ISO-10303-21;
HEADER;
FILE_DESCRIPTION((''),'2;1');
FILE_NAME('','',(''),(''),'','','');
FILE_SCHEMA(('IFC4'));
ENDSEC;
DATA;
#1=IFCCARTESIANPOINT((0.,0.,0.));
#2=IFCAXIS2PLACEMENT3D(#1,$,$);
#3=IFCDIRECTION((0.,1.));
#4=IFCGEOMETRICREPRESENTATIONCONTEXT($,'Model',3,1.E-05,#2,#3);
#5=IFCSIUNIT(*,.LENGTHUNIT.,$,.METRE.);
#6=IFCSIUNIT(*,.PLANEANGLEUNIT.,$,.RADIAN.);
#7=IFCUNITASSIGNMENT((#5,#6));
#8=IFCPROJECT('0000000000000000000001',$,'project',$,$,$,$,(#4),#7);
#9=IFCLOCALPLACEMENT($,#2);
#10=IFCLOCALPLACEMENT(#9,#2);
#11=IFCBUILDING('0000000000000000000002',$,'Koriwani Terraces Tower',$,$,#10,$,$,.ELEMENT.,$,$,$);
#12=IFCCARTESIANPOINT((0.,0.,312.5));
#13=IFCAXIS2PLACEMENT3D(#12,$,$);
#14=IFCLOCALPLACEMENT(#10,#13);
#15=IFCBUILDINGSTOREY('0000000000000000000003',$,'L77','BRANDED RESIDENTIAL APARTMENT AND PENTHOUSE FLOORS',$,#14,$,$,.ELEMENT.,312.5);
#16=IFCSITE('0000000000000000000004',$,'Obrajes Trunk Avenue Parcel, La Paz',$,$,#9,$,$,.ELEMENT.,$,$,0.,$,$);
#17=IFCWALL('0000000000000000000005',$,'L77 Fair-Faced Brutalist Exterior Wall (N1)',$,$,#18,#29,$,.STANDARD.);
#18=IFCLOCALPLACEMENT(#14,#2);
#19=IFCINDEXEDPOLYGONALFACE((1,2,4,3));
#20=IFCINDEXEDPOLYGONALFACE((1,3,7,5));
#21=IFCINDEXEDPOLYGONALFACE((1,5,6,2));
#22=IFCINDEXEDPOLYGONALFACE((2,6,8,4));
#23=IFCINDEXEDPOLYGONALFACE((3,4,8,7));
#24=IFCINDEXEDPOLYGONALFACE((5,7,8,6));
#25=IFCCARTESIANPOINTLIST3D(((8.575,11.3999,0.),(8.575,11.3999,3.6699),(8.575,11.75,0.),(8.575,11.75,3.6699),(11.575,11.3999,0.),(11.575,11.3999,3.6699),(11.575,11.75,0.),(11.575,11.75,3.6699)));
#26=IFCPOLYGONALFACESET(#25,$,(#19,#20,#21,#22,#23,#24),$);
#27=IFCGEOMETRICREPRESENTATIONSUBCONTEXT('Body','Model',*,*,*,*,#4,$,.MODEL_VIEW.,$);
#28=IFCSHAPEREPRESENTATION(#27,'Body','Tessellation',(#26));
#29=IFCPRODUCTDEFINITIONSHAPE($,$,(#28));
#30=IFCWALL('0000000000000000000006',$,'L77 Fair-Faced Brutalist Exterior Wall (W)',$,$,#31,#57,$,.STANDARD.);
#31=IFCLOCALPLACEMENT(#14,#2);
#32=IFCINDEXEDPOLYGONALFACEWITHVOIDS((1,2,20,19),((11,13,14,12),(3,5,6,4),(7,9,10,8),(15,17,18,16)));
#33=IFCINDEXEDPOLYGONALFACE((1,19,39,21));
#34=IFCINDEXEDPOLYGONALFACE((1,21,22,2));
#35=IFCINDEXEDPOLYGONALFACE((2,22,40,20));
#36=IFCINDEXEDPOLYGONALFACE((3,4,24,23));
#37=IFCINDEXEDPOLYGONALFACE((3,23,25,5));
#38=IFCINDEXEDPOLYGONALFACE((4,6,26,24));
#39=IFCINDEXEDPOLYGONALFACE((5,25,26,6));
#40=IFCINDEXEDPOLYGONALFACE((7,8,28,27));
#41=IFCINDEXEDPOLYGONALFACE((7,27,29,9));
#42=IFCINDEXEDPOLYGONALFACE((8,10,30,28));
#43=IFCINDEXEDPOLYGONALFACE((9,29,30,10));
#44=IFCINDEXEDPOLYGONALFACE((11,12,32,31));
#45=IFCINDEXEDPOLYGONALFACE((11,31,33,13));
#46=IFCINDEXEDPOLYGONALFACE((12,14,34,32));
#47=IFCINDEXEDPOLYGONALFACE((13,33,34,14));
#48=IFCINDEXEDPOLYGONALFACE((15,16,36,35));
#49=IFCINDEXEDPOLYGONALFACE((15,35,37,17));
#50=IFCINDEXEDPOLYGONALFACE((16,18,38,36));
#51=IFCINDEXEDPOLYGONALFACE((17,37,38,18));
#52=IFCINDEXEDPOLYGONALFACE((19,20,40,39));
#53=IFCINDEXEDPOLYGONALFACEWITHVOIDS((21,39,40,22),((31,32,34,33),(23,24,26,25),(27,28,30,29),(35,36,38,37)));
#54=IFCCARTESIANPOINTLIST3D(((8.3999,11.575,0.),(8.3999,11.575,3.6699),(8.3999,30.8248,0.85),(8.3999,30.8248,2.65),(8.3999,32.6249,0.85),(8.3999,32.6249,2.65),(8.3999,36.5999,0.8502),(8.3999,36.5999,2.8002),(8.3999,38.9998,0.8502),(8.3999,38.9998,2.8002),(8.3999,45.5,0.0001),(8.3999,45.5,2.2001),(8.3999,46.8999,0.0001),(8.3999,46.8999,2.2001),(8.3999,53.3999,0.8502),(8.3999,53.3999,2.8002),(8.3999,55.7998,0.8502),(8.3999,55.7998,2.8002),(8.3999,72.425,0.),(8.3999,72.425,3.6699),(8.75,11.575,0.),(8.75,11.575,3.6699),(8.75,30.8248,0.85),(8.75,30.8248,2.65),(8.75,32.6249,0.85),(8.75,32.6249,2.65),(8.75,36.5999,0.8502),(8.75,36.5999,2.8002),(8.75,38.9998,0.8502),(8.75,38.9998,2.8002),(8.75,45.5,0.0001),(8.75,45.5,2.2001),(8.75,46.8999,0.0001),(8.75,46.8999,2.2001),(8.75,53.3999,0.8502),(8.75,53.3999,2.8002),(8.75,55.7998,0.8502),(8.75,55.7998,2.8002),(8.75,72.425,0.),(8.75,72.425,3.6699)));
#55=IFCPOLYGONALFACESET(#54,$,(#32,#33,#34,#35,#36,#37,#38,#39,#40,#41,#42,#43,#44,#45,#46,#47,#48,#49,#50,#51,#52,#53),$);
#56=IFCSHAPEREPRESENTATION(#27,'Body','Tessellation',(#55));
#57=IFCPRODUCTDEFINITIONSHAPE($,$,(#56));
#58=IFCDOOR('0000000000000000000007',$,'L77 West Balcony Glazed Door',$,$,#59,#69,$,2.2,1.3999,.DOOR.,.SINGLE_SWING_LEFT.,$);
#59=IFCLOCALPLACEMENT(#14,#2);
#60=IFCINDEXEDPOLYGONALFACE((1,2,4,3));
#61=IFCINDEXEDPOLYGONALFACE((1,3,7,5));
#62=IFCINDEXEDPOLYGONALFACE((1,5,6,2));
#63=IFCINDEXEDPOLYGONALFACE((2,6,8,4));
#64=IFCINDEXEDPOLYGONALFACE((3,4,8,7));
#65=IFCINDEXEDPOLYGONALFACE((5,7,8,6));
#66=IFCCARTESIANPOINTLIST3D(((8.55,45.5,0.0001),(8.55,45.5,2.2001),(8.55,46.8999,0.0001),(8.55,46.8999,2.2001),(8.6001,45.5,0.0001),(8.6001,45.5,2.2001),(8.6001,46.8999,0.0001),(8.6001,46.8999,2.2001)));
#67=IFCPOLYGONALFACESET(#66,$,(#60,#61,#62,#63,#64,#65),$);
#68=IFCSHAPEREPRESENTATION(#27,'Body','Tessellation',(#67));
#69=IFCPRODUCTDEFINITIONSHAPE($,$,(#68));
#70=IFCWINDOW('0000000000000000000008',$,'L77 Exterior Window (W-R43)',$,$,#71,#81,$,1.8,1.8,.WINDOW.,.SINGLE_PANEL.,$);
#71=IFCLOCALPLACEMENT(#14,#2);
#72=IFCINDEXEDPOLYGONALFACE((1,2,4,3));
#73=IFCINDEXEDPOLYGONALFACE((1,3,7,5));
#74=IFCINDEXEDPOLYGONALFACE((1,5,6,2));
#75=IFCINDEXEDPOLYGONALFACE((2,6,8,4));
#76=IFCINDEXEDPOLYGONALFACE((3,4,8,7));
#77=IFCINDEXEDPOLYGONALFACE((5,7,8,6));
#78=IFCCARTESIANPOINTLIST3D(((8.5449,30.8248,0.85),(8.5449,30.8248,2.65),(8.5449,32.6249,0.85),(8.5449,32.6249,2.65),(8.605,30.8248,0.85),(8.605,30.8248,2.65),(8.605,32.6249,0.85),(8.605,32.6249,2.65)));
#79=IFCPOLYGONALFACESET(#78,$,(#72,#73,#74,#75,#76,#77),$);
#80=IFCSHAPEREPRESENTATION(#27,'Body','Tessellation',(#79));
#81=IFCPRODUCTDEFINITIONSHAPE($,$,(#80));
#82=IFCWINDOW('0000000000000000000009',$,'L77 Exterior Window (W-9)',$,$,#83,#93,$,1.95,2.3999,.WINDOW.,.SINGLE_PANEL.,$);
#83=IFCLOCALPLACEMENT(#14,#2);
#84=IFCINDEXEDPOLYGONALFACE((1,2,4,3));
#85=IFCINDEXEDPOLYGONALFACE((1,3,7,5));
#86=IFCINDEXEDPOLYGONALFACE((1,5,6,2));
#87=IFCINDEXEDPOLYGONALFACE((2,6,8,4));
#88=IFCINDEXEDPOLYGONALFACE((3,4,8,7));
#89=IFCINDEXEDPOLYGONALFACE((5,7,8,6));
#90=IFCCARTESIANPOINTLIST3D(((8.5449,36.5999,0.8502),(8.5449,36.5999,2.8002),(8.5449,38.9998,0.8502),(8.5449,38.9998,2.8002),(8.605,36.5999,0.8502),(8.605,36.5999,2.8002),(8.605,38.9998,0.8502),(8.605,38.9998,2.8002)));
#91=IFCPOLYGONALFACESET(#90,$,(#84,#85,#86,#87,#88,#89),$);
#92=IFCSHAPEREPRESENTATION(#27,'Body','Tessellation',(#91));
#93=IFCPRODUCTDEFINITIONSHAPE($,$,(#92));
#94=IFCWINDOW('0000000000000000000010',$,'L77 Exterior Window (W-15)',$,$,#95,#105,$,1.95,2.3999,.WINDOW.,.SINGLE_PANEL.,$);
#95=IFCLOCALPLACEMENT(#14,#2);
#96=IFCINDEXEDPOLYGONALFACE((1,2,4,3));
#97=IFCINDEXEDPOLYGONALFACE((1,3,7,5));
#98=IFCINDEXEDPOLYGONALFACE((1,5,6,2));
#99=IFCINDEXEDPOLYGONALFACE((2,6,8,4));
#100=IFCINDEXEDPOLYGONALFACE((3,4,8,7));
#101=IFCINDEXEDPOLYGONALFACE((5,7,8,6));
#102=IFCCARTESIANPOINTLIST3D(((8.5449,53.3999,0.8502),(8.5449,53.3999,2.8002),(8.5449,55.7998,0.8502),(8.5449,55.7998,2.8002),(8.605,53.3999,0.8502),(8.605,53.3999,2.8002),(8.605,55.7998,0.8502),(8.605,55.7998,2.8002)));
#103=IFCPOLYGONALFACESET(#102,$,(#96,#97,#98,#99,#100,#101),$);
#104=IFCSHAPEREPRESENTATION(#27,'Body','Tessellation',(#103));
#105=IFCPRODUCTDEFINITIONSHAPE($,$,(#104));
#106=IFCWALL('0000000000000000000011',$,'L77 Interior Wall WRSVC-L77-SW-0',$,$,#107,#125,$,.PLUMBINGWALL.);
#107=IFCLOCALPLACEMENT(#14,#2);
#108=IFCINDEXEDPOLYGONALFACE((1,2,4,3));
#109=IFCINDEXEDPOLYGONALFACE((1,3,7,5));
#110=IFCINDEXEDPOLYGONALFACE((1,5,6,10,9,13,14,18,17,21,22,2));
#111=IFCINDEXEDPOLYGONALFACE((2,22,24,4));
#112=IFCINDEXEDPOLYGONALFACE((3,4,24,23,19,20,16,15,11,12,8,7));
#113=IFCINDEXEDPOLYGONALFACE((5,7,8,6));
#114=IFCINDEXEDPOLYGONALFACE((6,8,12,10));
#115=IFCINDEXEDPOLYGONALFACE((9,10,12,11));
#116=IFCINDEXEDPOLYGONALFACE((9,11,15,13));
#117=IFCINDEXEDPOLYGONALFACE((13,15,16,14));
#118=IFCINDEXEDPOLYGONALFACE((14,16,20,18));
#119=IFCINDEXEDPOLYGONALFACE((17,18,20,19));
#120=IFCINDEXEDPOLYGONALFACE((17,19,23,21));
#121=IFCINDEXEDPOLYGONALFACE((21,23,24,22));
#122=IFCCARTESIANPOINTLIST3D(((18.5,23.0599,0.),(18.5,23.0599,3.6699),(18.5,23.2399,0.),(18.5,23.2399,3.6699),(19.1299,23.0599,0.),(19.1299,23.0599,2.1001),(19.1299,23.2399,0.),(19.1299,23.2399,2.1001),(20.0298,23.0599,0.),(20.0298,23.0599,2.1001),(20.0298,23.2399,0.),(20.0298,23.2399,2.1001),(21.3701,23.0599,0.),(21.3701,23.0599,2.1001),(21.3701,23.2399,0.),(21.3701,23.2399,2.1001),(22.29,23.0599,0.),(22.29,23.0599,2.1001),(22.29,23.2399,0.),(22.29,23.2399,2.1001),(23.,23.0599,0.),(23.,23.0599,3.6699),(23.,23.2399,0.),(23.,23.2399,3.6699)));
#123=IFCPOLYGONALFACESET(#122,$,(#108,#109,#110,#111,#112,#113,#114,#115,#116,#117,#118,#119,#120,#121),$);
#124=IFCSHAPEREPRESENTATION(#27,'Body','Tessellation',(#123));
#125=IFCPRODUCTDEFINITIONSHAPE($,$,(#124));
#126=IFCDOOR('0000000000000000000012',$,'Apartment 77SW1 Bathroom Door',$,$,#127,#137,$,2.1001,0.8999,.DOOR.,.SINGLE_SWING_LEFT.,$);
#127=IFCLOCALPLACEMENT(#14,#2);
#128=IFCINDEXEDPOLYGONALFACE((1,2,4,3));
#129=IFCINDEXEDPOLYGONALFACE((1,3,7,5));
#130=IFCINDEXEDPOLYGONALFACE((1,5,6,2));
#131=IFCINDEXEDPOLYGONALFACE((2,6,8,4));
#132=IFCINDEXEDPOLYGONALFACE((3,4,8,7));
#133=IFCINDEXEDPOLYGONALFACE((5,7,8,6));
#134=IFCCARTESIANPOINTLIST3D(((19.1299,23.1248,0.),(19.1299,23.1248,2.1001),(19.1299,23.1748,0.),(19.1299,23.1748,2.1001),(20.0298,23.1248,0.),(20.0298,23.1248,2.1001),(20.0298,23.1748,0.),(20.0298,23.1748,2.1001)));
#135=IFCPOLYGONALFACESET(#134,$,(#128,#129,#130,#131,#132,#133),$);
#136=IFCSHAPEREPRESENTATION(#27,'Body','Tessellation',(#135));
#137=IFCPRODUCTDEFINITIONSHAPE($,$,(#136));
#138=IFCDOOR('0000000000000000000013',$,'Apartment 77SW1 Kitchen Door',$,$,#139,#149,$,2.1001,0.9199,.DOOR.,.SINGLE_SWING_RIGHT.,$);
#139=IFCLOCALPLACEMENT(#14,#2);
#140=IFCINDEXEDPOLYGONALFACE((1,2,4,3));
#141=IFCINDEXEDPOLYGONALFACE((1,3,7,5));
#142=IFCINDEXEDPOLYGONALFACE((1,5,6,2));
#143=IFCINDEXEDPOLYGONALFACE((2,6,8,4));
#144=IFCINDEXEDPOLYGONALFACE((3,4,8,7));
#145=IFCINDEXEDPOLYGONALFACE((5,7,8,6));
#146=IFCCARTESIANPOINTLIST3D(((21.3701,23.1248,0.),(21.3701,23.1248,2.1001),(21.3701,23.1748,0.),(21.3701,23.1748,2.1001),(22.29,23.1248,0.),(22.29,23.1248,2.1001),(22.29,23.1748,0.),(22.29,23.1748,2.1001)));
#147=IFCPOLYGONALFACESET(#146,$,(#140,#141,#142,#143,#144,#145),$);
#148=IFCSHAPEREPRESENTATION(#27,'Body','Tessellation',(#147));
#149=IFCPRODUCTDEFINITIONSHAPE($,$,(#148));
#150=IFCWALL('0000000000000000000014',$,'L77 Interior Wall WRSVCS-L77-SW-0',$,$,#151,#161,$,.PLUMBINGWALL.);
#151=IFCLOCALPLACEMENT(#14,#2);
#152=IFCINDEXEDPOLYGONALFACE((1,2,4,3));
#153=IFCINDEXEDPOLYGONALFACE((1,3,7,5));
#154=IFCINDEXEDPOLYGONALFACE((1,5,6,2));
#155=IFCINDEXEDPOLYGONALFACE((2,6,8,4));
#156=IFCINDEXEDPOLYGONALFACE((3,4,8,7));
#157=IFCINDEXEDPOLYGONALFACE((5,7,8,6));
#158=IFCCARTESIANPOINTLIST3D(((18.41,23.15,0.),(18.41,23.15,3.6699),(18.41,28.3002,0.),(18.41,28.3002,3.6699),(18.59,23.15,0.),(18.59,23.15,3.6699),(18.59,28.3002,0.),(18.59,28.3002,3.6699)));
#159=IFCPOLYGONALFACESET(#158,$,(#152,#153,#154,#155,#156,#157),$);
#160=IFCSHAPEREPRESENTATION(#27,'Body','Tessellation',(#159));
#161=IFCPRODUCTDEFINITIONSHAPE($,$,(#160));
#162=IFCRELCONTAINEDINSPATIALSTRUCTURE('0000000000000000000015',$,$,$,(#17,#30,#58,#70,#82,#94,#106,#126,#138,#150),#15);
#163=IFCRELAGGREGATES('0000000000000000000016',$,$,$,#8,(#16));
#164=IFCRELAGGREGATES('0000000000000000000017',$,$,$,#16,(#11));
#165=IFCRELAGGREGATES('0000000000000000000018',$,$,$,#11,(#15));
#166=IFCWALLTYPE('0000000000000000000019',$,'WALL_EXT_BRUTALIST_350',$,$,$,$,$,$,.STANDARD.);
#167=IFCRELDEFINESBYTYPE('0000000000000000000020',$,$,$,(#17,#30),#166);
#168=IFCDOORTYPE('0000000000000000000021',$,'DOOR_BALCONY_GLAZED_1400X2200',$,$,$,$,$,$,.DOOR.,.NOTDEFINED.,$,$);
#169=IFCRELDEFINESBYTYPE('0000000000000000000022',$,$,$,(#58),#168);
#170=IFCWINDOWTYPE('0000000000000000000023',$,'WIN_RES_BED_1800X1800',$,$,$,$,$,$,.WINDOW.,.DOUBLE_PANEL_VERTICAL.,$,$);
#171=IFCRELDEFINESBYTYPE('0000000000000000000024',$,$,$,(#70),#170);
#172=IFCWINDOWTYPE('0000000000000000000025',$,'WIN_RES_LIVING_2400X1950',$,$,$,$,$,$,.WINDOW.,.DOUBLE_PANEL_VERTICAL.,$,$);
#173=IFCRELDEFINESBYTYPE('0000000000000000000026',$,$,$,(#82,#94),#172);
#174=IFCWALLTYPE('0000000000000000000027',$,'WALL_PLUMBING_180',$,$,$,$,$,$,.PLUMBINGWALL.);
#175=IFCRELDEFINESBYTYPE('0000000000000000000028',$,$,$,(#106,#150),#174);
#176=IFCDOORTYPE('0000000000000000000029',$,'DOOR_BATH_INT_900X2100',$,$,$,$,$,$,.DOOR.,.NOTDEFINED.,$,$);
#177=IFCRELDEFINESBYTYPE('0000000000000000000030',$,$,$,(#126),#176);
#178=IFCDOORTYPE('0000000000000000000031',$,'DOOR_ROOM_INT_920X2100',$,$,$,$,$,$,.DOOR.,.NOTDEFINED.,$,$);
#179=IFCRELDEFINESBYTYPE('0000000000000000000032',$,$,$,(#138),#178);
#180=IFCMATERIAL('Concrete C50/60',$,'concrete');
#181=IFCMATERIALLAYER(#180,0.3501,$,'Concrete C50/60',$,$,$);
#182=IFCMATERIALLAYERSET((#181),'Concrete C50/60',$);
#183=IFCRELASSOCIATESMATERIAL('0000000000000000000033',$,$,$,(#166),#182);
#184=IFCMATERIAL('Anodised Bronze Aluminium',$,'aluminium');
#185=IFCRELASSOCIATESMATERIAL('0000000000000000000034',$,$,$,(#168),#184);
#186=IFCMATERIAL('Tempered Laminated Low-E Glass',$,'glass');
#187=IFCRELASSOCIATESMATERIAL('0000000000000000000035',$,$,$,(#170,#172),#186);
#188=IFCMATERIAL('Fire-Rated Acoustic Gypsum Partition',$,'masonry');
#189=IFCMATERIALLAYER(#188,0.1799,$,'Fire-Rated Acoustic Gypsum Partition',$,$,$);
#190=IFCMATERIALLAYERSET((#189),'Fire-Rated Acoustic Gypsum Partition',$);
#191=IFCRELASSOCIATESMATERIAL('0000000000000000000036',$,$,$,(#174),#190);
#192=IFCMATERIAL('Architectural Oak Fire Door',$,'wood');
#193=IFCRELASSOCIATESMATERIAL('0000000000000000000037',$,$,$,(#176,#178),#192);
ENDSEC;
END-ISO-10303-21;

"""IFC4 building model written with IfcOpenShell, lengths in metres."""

from ifc_helpers import new_model, si_unit, direction, frame, frame_2d, origin, place, context, subcontext, project, spatial, rectangle, extrude, material, layer, layer_set, type_object, element, fill, save


model = new_model("IFC4")

# Units and contexts
model_context = context("Model", 3, precision=1e-05, world=origin(), true_north=direction((0.0, 1.0)))
body_context = subcontext(model_context, "Body", "Model", "MODEL_VIEW")
ifc_project = project(units=[si_unit("LENGTHUNIT", "METRE"), si_unit("PLANEANGLEUNIT", "RADIAN")], contexts=[model_context])

# Site, building, storey
site_placement = place(None, origin())
site = spatial("IfcSite", under=ifc_project, at=site_placement, Name="Obrajes Trunk Avenue Parcel, La Paz", CompositionType="ELEMENT", RefElevation=0.0)
building_placement = place(site_placement, origin())
building = spatial("IfcBuilding", under=site, at=building_placement, Name="Koriwani Terraces Tower", CompositionType="ELEMENT")
storey_placement = place(building_placement, frame((0.0, 0.0, 312.5)))
storey = spatial("IfcBuildingStorey", under=building, at=storey_placement, Name="L77", Description="BRANDED RESIDENTIAL APARTMENT AND PENTHOUSE FLOORS", CompositionType="ELEMENT", Elevation=312.5)

# Shared definitions
ifc_material_1 = material(Name="Concrete C50/60", Category="concrete")

# Wall
ifc_layer_1 = layer(ifc_material_1, 0.3501, Name="Concrete C50/60")
ifc_layer_set_1 = layer_set([ifc_layer_1], Name="Concrete C50/60")
wall_type_1 = type_object("IfcWallType", Name="WALL_EXT_BRUTALIST_350", PredefinedType="STANDARD", material=ifc_layer_set_1)
wall_1_placement = place(storey_placement, frame((11.575, 11.575, 0.0), z_axis=(0.0, 0.0, 1.0), x_axis=(-1.0, 0.0, 0.0)))
element("IfcWall", 1, at=wall_1_placement, inside=storey, type_object=wall_type_1, Name="L77 Fair-Faced Brutalist Exterior Wall (N1)", PredefinedType="STANDARD", context=body_context, shape_type="SweptSolid", body=[
    extrude(rectangle(XDim=3.0, YDim=0.3501, at=frame_2d((1.5, 0.0))), origin(), (0.0, 0.0, 1.0), 3.6699),
])

# Wall, openings, door, windows
wall_2_placement = place(storey_placement, frame((8.575, 11.575, 0.0), z_axis=(0.0, 0.0, 1.0), x_axis=(0.0, 1.0, 0.0)))
wall_2 = element("IfcWall", 2, at=wall_2_placement, inside=storey, type_object=wall_type_1, Name="L77 Fair-Faced Brutalist Exterior Wall (W)", PredefinedType="STANDARD", context=body_context, shape_type="SweptSolid", body=[
    extrude(rectangle(XDim=60.8501, YDim=0.3501, at=frame_2d((30.425, 0.0))), origin(), (0.0, 0.0, 1.0), 3.6699),
])
opening_1_placement = place(wall_2_placement, frame((33.925, 0.0, 0.0)))
opening_1 = element("IfcOpeningElement", 3, at=opening_1_placement, cuts=wall_2, PredefinedType="OPENING", context=body_context, shape_type="SweptSolid", body=[
    extrude(rectangle(XDim=1.3999, YDim=2.2, at=frame_2d((0.7, 1.1001))), frame((0.0, 0.1851, 0.0), z_axis=(0.0, -1.0, 0.0), x_axis=(1.0, 0.0, 0.0)), (0.0, 0.0, 1.0), 0.3701),
])
opening_2_placement = place(wall_2_placement, frame((25.0249, 0.0, 0.8501)))
opening_2 = element("IfcOpeningElement", 4, at=opening_2_placement, cuts=wall_2, PredefinedType="OPENING", context=body_context, shape_type="SweptSolid", body=[
    extrude(rectangle(XDim=2.3999, YDim=1.95, at=frame_2d((1.2, 0.9751))), frame((0.0, 0.1851, 0.0), z_axis=(0.0, -1.0, 0.0), x_axis=(1.0, 0.0, 0.0)), (0.0, 0.0, 1.0), 0.3701),
])
opening_3_placement = place(wall_2_placement, frame((41.825, 0.0, 0.8501)))
opening_3 = element("IfcOpeningElement", 5, at=opening_3_placement, cuts=wall_2, PredefinedType="OPENING", context=body_context, shape_type="SweptSolid", body=[
    extrude(rectangle(XDim=2.3999, YDim=1.95, at=frame_2d((1.2, 0.9751))), frame((0.0, 0.1851, 0.0), z_axis=(0.0, -1.0, 0.0), x_axis=(1.0, 0.0, 0.0)), (0.0, 0.0, 1.0), 0.3701),
])
opening_4_placement = place(wall_2_placement, frame((19.25, 0.0, 0.8501)))
opening_4 = element("IfcOpeningElement", 6, at=opening_4_placement, cuts=wall_2, PredefinedType="OPENING", context=body_context, shape_type="SweptSolid", body=[
    extrude(rectangle(XDim=1.8, YDim=1.8, at=frame_2d((0.8999, 0.8999))), frame((0.0, 0.1851, 0.0), z_axis=(0.0, -1.0, 0.0), x_axis=(1.0, 0.0, 0.0)), (0.0, 0.0, 1.0), 0.3701),
])
ifc_material_2 = material(Name="Anodised Bronze Aluminium", Category="aluminium")
door_type_1 = type_object("IfcDoorType", Name="DOOR_BALCONY_GLAZED_1400X2200", OperationType="NOTDEFINED", PredefinedType="DOOR", material=ifc_material_2)
door_1_placement = place(opening_1_placement, origin())
door_1 = element("IfcDoor", 7, at=door_1_placement, inside=storey, type_object=door_type_1, Name="L77 West Balcony Glazed Door", OperationType="SINGLE_SWING_LEFT", OverallHeight=2.2, OverallWidth=1.3999, PredefinedType="DOOR", context=body_context, shape_type="SweptSolid", body=[
    extrude(rectangle(XDim=1.3999, YDim=2.2, at=frame_2d((0.7, 1.1001))), frame((0.0, 0.0249, 0.0), z_axis=(0.0, -1.0, 0.0), x_axis=(1.0, 0.0, 0.0)), (0.0, 0.0, 1.0), 0.05),
])
fill(opening_1, door_1)
ifc_material_3 = material(Name="Tempered Laminated Low-E Glass", Category="glass")
window_type_1 = type_object("IfcWindowType", Name="WIN_RES_BED_1800X1800", PartitioningType="DOUBLE_PANEL_VERTICAL", PredefinedType="WINDOW", material=ifc_material_3)
window_1_placement = place(opening_4_placement, origin())
window_1 = element("IfcWindow", 8, at=window_1_placement, inside=storey, type_object=window_type_1, Name="L77 Exterior Window (W-R43)", OverallHeight=1.8, OverallWidth=1.8, PartitioningType="SINGLE_PANEL", PredefinedType="WINDOW", context=body_context, shape_type="SweptSolid", body=[
    extrude(rectangle(XDim=1.8, YDim=1.8, at=frame_2d((0.8999, 0.8999))), frame((0.0, 0.03, 0.0), z_axis=(0.0, -1.0, 0.0), x_axis=(1.0, 0.0, 0.0)), (0.0, 0.0, 1.0), 0.0601),
])
fill(opening_4, window_1)
window_type_2 = type_object("IfcWindowType", Name="WIN_RES_LIVING_2400X1950", PartitioningType="DOUBLE_PANEL_VERTICAL", PredefinedType="WINDOW", material=ifc_material_3)
window_2_placement = place(opening_2_placement, origin())
window_2 = element("IfcWindow", 9, at=window_2_placement, inside=storey, type_object=window_type_2, Name="L77 Exterior Window (W-9)", OverallHeight=1.95, OverallWidth=2.3999, PartitioningType="SINGLE_PANEL", PredefinedType="WINDOW", context=body_context, shape_type="SweptSolid", body=[
    extrude(rectangle(XDim=2.3999, YDim=1.95, at=frame_2d((1.2, 0.9751))), frame((0.0, 0.03, 0.0), z_axis=(0.0, -1.0, 0.0), x_axis=(1.0, 0.0, 0.0)), (0.0, 0.0, 1.0), 0.0601),
])
fill(opening_2, window_2)
window_3_placement = place(opening_3_placement, origin())
window_3 = element("IfcWindow", 10, at=window_3_placement, inside=storey, type_object=window_type_2, Name="L77 Exterior Window (W-15)", OverallHeight=1.95, OverallWidth=2.3999, PartitioningType="SINGLE_PANEL", PredefinedType="WINDOW", context=body_context, shape_type="SweptSolid", body=[
    extrude(rectangle(XDim=2.3999, YDim=1.95, at=frame_2d((1.2, 0.9751))), frame((0.0, 0.03, 0.0), z_axis=(0.0, -1.0, 0.0), x_axis=(1.0, 0.0, 0.0)), (0.0, 0.0, 1.0), 0.0601),
])
fill(opening_3, window_3)

# Wall, openings, doors
ifc_material_4 = material(Name="Fire-Rated Acoustic Gypsum Partition", Category="masonry")
ifc_layer_2 = layer(ifc_material_4, 0.1799, Name="Fire-Rated Acoustic Gypsum Partition")
ifc_layer_set_2 = layer_set([ifc_layer_2], Name="Fire-Rated Acoustic Gypsum Partition")
wall_type_2 = type_object("IfcWallType", Name="WALL_PLUMBING_180", PredefinedType="PLUMBINGWALL", material=ifc_layer_set_2)
wall_3_placement = place(storey_placement, frame((18.5, 23.1499, 0.0), z_axis=(0.0, 0.0, 1.0), x_axis=(1.0, 0.0, 0.0)))
wall_3 = element("IfcWall", 11, at=wall_3_placement, inside=storey, type_object=wall_type_2, Name="L77 Interior Wall WRSVC-L77-SW-0", PredefinedType="PLUMBINGWALL", context=body_context, shape_type="SweptSolid", body=[
    extrude(rectangle(XDim=4.5, YDim=0.1799, at=frame_2d((2.25, 0.0))), origin(), (0.0, 0.0, 1.0), 3.6699),
])
opening_5_placement = place(wall_3_placement, frame((0.6299, 0.0, 0.0)))
opening_5 = element("IfcOpeningElement", 12, at=opening_5_placement, cuts=wall_3, PredefinedType="OPENING", context=body_context, shape_type="SweptSolid", body=[
    extrude(rectangle(XDim=0.8999, YDim=2.1001, at=frame_2d((0.45, 1.05))), frame((0.0, 0.1001, 0.0), z_axis=(0.0, -1.0, 0.0), x_axis=(1.0, 0.0, 0.0)), (0.0, 0.0, 1.0), 0.2),
])
opening_6_placement = place(wall_3_placement, frame((2.8701, 0.0, 0.0)))
opening_6 = element("IfcOpeningElement", 13, at=opening_6_placement, cuts=wall_3, PredefinedType="OPENING", context=body_context, shape_type="SweptSolid", body=[
    extrude(rectangle(XDim=0.9199, YDim=2.1001, at=frame_2d((0.46, 1.05))), frame((0.0, 0.1001, 0.0), z_axis=(0.0, -1.0, 0.0), x_axis=(1.0, 0.0, 0.0)), (0.0, 0.0, 1.0), 0.2),
])
ifc_material_5 = material(Name="Architectural Oak Fire Door", Category="wood")
door_type_2 = type_object("IfcDoorType", Name="DOOR_BATH_INT_900X2100", OperationType="NOTDEFINED", PredefinedType="DOOR", material=ifc_material_5)
door_2_placement = place(opening_5_placement, origin())
door_2 = element("IfcDoor", 14, at=door_2_placement, inside=storey, type_object=door_type_2, Name="Apartment 77SW1 Bathroom Door", OperationType="SINGLE_SWING_LEFT", OverallHeight=2.1001, OverallWidth=0.8999, PredefinedType="DOOR", context=body_context, shape_type="SweptSolid", body=[
    extrude(rectangle(XDim=0.8999, YDim=2.1001, at=frame_2d((0.45, 1.05))), frame((0.0, 0.0249, 0.0), z_axis=(0.0, -1.0, 0.0), x_axis=(1.0, 0.0, 0.0)), (0.0, 0.0, 1.0), 0.05),
])
fill(opening_5, door_2)
door_type_3 = type_object("IfcDoorType", Name="DOOR_ROOM_INT_920X2100", OperationType="NOTDEFINED", PredefinedType="DOOR", material=ifc_material_5)
door_3_placement = place(opening_6_placement, origin())
door_3 = element("IfcDoor", 15, at=door_3_placement, inside=storey, type_object=door_type_3, Name="Apartment 77SW1 Kitchen Door", OperationType="SINGLE_SWING_RIGHT", OverallHeight=2.1001, OverallWidth=0.9199, PredefinedType="DOOR", context=body_context, shape_type="SweptSolid", body=[
    extrude(rectangle(XDim=0.9199, YDim=2.1001, at=frame_2d((0.46, 1.05))), frame((0.0, 0.0249, 0.0), z_axis=(0.0, -1.0, 0.0), x_axis=(1.0, 0.0, 0.0)), (0.0, 0.0, 1.0), 0.05),
])
fill(opening_6, door_3)

# Wall
for number, where, z_axis, x_axis, name in (
    (16, (18.5, 23.1499, 0.0), (0.0, 0.0, 1.0), (0.0, 1.0, 0.0), "L77 Interior Wall WRSVCS-L77-SW-0"),
):
    element("IfcWall", number, at=place(storey_placement, frame(where, z_axis=z_axis, x_axis=x_axis)), inside=storey, type_object=wall_type_2, Name=name, PredefinedType="PLUMBINGWALL", context=body_context, shape_type="SweptSolid", body=[
        extrude(rectangle(XDim=5.1501, YDim=0.1799, at=frame_2d((2.5752, 0.0))), origin(), (0.0, 0.0, 1.0), 3.6699),
    ])

save(model, "model.ifc")
